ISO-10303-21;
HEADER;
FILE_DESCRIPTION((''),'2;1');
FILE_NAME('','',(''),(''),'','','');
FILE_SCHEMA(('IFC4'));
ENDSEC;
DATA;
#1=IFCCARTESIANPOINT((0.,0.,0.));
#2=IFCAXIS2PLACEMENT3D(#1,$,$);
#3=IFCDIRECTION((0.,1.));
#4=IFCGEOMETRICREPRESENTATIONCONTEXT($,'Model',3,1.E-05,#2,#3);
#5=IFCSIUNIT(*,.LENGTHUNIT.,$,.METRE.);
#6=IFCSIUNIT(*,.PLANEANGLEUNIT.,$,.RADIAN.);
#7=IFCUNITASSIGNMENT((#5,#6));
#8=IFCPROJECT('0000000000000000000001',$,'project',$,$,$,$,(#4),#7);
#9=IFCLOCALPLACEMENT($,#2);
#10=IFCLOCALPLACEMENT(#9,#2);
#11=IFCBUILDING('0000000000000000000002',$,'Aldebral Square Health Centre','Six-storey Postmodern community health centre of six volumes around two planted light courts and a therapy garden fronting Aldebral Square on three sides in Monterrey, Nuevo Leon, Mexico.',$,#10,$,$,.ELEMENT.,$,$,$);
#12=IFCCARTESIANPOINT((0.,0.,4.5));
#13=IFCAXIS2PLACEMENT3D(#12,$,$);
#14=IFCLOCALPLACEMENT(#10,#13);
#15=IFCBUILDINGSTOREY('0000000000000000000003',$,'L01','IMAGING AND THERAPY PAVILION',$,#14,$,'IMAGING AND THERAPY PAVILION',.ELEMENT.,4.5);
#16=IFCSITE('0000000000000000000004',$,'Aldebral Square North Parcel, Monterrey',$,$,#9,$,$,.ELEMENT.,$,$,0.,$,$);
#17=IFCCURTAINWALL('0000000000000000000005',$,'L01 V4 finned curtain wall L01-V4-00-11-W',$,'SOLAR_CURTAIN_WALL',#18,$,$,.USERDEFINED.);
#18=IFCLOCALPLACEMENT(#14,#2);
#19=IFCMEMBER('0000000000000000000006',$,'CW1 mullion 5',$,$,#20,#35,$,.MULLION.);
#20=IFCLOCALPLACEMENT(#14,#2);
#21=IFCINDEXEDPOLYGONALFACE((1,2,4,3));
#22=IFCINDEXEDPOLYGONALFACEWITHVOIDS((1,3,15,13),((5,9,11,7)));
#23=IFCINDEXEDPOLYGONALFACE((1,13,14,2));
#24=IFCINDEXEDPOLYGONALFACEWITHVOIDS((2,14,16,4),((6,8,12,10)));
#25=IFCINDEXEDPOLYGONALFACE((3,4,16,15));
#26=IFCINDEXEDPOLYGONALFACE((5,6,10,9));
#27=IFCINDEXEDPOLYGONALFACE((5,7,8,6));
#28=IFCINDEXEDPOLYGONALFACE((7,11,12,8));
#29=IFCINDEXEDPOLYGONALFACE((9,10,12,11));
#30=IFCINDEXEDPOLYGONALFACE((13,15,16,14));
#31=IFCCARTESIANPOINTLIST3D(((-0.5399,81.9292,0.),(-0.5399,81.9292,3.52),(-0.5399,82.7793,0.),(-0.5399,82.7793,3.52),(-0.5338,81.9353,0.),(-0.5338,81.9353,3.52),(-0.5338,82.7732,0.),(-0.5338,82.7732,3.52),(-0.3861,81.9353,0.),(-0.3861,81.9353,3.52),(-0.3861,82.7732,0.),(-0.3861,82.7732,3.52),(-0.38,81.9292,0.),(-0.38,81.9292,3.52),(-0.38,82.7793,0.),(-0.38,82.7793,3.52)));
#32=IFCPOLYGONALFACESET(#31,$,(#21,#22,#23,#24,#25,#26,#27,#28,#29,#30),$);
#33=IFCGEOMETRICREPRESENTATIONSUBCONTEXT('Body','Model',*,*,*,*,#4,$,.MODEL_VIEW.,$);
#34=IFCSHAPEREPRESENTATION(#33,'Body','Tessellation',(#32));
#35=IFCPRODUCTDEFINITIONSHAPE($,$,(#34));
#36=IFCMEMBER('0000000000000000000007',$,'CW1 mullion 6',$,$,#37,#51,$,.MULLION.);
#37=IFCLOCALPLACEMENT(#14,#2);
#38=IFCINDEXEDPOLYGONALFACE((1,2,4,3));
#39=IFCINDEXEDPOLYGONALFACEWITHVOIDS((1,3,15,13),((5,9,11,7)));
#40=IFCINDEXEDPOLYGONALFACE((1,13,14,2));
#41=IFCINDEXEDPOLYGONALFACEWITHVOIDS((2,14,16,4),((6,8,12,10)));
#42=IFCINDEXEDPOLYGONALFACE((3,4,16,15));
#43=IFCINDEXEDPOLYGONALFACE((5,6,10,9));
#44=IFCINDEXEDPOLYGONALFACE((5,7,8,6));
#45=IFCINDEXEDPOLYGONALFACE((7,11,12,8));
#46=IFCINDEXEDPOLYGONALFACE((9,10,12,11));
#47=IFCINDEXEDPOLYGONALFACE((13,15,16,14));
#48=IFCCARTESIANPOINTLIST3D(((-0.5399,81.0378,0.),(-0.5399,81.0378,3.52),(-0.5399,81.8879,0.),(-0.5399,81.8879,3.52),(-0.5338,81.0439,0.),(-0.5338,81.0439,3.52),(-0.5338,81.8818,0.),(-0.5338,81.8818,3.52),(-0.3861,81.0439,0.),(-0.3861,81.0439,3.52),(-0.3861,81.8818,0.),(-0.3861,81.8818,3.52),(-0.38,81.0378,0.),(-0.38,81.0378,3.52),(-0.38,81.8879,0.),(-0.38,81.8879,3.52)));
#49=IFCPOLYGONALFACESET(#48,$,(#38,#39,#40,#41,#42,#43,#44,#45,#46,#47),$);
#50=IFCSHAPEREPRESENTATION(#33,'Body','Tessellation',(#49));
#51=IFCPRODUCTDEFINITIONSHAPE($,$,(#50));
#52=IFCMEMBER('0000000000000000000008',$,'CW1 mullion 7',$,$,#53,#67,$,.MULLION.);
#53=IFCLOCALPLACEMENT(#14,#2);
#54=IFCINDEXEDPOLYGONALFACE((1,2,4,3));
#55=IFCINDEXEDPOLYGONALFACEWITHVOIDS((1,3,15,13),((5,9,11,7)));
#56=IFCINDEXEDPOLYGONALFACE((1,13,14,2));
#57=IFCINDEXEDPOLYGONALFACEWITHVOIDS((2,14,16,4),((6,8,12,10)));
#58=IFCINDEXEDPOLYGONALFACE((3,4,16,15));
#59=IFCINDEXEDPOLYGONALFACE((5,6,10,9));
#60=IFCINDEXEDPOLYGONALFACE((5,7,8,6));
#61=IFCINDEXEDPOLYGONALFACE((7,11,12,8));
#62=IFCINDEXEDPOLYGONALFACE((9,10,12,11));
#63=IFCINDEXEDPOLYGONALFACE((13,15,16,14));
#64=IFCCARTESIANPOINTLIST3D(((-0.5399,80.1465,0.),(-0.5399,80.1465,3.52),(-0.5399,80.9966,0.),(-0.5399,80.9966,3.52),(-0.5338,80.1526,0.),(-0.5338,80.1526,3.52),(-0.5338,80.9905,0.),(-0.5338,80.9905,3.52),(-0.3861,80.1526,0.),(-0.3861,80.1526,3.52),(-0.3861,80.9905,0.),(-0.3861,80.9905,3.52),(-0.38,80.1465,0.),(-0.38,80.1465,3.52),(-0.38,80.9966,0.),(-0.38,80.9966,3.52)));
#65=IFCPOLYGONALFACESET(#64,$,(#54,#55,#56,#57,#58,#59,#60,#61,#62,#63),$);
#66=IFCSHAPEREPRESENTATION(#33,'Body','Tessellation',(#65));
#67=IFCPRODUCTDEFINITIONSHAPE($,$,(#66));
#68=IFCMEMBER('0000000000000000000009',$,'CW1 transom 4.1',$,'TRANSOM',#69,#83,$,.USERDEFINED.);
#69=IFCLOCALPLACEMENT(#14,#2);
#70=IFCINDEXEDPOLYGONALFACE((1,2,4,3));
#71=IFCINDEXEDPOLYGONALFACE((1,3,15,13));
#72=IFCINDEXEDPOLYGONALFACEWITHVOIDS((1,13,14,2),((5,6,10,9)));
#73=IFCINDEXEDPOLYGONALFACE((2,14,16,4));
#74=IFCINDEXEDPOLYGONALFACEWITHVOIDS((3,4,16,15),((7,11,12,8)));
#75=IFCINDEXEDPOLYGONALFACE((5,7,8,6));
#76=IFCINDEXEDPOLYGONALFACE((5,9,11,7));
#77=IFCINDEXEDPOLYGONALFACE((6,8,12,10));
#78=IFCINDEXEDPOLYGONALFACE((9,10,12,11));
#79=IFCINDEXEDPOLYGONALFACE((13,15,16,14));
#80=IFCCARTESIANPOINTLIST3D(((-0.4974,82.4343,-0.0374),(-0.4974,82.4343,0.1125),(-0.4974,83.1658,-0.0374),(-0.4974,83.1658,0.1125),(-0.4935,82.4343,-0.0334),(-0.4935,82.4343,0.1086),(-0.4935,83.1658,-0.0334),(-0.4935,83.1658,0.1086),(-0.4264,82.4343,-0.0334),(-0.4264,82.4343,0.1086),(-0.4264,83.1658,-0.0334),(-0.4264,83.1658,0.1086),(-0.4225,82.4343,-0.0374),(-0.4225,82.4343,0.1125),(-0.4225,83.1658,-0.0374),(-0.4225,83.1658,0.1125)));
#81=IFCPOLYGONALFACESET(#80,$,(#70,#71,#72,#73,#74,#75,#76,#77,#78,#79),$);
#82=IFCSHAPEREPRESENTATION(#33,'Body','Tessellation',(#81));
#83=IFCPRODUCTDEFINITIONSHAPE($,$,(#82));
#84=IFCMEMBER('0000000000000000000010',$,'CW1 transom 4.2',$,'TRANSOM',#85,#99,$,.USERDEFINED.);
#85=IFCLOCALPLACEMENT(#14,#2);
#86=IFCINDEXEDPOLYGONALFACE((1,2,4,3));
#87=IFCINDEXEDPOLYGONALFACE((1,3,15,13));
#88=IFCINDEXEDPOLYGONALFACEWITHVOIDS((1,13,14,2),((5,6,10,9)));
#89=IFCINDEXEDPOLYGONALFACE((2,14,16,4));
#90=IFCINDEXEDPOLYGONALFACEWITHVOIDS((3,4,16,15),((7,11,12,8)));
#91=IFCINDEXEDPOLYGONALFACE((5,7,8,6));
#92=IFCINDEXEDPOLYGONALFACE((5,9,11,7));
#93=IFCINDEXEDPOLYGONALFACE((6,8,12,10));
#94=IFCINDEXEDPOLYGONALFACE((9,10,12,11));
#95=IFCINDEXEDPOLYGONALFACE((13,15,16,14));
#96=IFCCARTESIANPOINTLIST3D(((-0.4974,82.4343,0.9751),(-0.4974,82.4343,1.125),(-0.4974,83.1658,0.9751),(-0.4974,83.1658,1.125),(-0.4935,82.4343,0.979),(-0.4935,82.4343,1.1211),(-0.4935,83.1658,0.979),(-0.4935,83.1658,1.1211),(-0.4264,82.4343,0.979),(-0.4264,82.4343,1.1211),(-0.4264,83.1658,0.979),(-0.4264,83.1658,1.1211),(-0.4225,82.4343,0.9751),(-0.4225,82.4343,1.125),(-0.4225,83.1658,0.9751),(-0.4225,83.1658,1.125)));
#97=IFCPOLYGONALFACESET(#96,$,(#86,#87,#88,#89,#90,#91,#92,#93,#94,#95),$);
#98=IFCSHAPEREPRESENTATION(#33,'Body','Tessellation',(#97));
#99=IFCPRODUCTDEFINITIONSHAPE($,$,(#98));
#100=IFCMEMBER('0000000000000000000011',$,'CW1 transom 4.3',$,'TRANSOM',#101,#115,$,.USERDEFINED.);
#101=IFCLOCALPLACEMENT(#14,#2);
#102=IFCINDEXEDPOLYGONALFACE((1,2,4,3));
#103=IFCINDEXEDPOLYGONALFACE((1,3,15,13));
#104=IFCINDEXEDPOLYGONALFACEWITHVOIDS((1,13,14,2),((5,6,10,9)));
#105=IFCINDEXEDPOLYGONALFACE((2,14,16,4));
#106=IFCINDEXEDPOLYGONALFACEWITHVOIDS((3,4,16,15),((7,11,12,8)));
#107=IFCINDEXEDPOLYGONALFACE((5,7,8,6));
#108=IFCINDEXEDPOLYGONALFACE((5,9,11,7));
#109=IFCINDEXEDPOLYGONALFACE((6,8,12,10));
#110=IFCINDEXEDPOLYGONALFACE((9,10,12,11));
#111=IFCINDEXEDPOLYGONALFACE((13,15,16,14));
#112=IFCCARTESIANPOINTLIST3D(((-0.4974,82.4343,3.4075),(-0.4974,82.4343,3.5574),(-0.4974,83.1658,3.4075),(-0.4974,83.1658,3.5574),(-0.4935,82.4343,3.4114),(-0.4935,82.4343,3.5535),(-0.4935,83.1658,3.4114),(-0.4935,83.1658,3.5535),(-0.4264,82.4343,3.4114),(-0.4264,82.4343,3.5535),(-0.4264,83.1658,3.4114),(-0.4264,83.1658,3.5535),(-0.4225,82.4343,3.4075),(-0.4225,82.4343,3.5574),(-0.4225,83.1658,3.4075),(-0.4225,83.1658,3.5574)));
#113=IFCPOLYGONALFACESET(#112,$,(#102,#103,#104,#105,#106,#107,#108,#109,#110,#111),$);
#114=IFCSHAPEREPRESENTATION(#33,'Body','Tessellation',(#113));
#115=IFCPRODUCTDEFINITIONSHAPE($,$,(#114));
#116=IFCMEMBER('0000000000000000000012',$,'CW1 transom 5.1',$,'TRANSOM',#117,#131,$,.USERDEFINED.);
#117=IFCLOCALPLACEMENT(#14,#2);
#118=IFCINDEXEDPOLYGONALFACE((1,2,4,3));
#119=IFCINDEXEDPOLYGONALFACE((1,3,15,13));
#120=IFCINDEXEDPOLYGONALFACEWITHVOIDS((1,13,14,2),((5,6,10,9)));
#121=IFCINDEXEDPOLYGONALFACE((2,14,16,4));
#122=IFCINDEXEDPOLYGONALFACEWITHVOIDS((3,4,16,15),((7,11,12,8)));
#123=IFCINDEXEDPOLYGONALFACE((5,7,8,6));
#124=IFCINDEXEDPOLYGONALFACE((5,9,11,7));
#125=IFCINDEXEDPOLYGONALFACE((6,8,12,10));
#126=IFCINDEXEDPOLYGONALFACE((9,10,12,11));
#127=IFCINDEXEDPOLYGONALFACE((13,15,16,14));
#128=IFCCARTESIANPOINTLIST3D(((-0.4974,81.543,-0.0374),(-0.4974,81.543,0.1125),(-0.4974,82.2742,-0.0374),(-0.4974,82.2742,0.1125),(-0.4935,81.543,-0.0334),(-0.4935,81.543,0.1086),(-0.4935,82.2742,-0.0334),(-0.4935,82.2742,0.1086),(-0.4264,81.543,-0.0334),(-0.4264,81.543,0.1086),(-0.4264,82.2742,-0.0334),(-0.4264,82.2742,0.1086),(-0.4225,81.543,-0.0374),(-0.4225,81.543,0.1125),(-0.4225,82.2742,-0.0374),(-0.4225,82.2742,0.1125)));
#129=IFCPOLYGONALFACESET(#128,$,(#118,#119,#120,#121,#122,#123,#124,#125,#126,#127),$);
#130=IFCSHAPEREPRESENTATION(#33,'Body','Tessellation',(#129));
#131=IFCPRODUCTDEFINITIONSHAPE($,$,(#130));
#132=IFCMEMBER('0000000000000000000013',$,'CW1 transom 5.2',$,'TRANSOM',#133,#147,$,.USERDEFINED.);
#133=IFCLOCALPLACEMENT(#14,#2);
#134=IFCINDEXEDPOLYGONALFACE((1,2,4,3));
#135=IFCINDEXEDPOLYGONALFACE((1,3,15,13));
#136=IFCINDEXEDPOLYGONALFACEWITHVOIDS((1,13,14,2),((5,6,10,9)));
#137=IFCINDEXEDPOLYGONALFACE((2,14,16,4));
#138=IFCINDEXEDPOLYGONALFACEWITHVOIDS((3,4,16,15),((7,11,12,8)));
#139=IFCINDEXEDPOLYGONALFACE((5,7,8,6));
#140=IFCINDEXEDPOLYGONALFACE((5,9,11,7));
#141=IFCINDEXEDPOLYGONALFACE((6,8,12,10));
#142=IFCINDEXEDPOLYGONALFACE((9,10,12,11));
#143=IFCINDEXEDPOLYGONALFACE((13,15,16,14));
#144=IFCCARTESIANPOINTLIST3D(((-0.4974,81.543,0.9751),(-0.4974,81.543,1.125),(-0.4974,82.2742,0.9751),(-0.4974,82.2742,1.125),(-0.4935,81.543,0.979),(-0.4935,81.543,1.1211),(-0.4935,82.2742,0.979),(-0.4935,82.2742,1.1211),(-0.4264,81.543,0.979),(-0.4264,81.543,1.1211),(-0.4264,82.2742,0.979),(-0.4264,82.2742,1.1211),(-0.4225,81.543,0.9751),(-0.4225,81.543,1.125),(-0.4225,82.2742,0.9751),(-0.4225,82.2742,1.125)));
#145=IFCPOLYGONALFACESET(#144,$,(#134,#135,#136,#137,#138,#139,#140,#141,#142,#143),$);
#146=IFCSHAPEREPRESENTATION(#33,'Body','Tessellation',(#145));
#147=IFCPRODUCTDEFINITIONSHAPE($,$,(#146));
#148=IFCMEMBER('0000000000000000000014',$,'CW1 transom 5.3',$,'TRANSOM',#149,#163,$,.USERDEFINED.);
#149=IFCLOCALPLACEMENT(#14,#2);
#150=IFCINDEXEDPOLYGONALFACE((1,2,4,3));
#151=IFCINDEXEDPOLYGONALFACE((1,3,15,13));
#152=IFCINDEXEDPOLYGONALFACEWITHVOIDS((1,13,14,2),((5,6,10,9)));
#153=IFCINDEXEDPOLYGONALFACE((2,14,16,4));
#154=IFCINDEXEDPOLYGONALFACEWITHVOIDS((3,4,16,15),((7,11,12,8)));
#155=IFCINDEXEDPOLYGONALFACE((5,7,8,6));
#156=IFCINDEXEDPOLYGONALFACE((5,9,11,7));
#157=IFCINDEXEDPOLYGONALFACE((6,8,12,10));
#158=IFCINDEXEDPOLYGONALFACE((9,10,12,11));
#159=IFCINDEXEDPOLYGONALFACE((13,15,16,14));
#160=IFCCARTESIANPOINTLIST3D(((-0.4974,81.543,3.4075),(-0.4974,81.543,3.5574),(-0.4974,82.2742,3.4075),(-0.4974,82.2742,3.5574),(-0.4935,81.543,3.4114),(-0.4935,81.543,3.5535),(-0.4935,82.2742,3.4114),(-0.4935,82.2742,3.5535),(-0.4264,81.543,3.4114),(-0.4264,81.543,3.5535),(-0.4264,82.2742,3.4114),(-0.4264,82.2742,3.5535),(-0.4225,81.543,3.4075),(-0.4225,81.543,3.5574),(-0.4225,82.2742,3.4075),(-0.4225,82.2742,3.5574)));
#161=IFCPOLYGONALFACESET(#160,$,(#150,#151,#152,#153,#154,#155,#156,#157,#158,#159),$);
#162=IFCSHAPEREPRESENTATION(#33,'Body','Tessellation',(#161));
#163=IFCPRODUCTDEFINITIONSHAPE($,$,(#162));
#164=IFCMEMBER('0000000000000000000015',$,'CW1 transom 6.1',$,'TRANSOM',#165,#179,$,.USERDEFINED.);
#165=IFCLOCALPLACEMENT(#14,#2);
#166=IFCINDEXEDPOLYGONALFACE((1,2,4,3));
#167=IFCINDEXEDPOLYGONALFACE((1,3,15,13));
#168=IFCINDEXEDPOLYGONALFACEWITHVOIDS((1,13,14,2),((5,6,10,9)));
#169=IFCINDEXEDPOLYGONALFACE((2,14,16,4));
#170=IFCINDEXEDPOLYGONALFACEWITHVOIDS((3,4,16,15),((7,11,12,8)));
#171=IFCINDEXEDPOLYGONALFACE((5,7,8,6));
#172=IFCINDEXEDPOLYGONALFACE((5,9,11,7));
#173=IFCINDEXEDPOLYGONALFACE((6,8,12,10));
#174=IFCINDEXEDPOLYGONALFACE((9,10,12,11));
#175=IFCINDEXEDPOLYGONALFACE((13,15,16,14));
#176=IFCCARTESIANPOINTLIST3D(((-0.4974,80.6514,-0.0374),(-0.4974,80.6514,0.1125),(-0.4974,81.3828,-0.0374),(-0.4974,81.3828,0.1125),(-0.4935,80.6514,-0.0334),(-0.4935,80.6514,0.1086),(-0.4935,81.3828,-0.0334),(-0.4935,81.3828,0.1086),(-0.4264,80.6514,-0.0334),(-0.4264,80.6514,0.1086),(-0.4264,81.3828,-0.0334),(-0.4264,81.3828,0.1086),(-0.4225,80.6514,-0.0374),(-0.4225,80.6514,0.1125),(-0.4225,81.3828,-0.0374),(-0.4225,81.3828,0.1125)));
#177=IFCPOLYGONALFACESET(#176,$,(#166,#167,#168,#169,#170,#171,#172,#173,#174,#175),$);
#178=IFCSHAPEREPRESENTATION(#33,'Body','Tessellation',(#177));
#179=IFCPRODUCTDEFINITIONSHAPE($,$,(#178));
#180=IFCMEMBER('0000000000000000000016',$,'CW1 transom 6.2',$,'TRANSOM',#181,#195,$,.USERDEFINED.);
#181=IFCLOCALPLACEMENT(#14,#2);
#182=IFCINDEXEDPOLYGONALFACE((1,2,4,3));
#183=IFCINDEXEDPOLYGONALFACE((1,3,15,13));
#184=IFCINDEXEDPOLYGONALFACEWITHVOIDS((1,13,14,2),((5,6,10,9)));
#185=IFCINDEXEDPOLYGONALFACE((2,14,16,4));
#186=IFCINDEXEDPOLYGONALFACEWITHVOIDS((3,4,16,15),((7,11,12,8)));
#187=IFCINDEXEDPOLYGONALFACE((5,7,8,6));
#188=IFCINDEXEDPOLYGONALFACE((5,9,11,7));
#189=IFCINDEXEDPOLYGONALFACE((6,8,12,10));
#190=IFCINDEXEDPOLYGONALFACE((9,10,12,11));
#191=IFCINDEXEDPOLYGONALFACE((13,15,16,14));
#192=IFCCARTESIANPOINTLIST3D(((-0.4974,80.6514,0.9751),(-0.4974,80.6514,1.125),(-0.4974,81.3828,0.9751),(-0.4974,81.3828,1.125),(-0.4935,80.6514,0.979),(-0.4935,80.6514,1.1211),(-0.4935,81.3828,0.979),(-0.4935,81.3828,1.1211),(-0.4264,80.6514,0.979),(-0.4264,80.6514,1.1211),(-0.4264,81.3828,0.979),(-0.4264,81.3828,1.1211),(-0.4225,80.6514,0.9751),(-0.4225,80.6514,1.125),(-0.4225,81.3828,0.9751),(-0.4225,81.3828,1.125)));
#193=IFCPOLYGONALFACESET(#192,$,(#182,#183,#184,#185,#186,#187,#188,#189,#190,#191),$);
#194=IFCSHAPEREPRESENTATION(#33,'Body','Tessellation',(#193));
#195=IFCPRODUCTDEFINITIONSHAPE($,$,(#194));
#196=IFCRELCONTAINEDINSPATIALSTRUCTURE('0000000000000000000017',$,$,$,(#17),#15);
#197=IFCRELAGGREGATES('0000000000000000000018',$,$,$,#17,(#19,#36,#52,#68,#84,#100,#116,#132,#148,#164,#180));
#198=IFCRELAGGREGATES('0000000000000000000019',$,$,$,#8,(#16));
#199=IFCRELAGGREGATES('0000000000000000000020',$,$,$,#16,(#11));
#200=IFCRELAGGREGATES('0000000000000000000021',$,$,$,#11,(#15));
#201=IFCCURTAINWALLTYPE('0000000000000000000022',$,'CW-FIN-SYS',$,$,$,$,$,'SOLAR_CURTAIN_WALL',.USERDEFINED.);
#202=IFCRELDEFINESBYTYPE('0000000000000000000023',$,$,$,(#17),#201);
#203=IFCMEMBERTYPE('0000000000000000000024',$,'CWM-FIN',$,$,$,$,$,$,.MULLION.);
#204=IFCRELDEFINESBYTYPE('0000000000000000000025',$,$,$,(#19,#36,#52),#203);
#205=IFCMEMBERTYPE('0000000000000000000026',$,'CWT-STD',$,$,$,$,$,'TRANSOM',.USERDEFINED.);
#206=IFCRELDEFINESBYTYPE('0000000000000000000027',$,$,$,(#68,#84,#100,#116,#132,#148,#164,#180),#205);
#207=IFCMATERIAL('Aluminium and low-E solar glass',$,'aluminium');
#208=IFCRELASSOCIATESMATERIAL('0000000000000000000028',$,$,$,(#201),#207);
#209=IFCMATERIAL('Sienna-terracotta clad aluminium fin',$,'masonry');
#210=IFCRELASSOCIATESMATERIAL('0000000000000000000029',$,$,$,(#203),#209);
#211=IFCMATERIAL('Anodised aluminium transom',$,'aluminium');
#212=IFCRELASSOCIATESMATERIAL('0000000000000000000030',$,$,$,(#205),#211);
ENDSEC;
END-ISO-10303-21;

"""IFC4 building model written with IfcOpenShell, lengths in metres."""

from ifc_helpers import new_model, si_unit, direction, frame, origin, origin_2d, place, context, subcontext, project, spatial, hollow_rectangle, extrude, material, material_profile, profile_set, type_object, element, aggregate, save


model = new_model("IFC4")

# Units and contexts
model_context = context("Model", 3, precision=1e-05, world=origin(), true_north=direction((0.0, 1.0)))
body_context = subcontext(model_context, "Body", "Model", "MODEL_VIEW")
ifc_project = project(units=[si_unit("LENGTHUNIT", "METRE"), si_unit("PLANEANGLEUNIT", "RADIAN")], contexts=[model_context])

# Site, building, storey
site_placement = place(None, origin())
site = spatial("IfcSite", under=ifc_project, at=site_placement, Name="Aldebral Square North Parcel, Monterrey", CompositionType="ELEMENT", RefElevation=0.0)
building_placement = place(site_placement, origin())
building = spatial("IfcBuilding", under=site, at=building_placement, Name="Aldebral Square Health Centre", Description="Six-storey Postmodern community health centre of six volumes around two planted light courts and a therapy garden fronting Aldebral Square on three sides in Monterrey, Nuevo Leon, Mexico.", CompositionType="ELEMENT")
storey_placement = place(building_placement, frame((0.0, 0.0, 4.5)))
storey = spatial("IfcBuildingStorey", under=building, at=storey_placement, Name="L01", Description="IMAGING AND THERAPY PAVILION", LongName="IMAGING AND THERAPY PAVILION", CompositionType="ELEMENT", Elevation=4.5)

# Curtain wall, members
ifc_material_1 = material(Name="Aluminium and low-E solar glass", Category="aluminium")
curtain_wall_type = type_object("IfcCurtainWallType", Name="CW-FIN-SYS", ElementType="SOLAR_CURTAIN_WALL", PredefinedType="USERDEFINED", material=ifc_material_1)
curtain_wall_placement = place(storey_placement, origin())
curtain_wall = element("IfcCurtainWall", 1, at=curtain_wall_placement, inside=storey, type_object=curtain_wall_type, Name="L01 V4 finned curtain wall L01-V4-00-11-W", ObjectType="SOLAR_CURTAIN_WALL", PredefinedType="USERDEFINED")
ifc_material_2 = material(Name="Sienna-terracotta clad aluminium fin", Category="masonry")
ifc_material_profile_1 = material_profile(ifc_material_2, hollow_rectangle(XDim=0.1599, YDim=0.8501, WallThickness=0.0061, at=origin_2d()), Name="FIN 160x850x6")
ifc_profile_set_1 = profile_set([ifc_material_profile_1], Name="Sienna-terracotta clad aluminium fin")
member_type_1 = type_object("IfcMemberType", Name="CWM-FIN", PredefinedType="MULLION", material=ifc_profile_set_1)
member_1_placement = place(storey_placement, frame((-0.46, 82.3542, 0.0), z_axis=(0.0, 0.0, 1.0), x_axis=(1.0, 0.0, 0.0)))
member_1 = element("IfcMember", 2, at=member_1_placement, type_object=member_type_1, Name="CW1 mullion 5", PredefinedType="MULLION", context=body_context, shape_type="SweptSolid", body=[
    extrude(hollow_rectangle(XDim=0.1599, YDim=0.8501, WallThickness=0.0061, at=origin_2d()), origin(), (0.0, 0.0, 1.0), 3.52),
])
member_2_placement = place(storey_placement, frame((-0.46, 81.4629, 0.0), z_axis=(0.0, 0.0, 1.0), x_axis=(1.0, 0.0, 0.0)))
member_2 = element("IfcMember", 3, at=member_2_placement, type_object=member_type_1, Name="CW1 mullion 6", PredefinedType="MULLION", context=body_context, shape_type="SweptSolid", body=[
    extrude(hollow_rectangle(XDim=0.1599, YDim=0.8501, WallThickness=0.0061, at=origin_2d()), origin(), (0.0, 0.0, 1.0), 3.52),
])
member_3_placement = place(storey_placement, frame((-0.46, 80.5715, 0.0), z_axis=(0.0, 0.0, 1.0), x_axis=(1.0, 0.0, 0.0)))
member_3 = element("IfcMember", 4, at=member_3_placement, type_object=member_type_1, Name="CW1 mullion 7", PredefinedType="MULLION", context=body_context, shape_type="SweptSolid", body=[
    extrude(hollow_rectangle(XDim=0.1599, YDim=0.8501, WallThickness=0.0061, at=origin_2d()), origin(), (0.0, 0.0, 1.0), 3.52),
])
ifc_material_3 = material(Name="Anodised aluminium transom", Category="aluminium")
ifc_material_profile_2 = material_profile(ifc_material_3, hollow_rectangle(XDim=0.075, YDim=0.1499, WallThickness=0.0039, at=origin_2d()), Name="CWT 75x150x4")
ifc_profile_set_2 = profile_set([ifc_material_profile_2], Name="Anodised aluminium transom")
member_type_2 = type_object("IfcMemberType", Name="CWT-STD", ElementType="TRANSOM", PredefinedType="USERDEFINED", material=ifc_profile_set_2)
member_4_placement = place(storey_placement, frame((-0.46, 83.1658, 0.0376), z_axis=(0.0, -1.0, 0.0), x_axis=(1.0, 0.0, 0.0)))
member_4 = element("IfcMember", 5, at=member_4_placement, type_object=member_type_2, Name="CW1 transom 4.1", ObjectType="TRANSOM", PredefinedType="USERDEFINED", context=body_context, shape_type="SweptSolid", body=[
    extrude(hollow_rectangle(XDim=0.075, YDim=0.1499, WallThickness=0.0039, at=origin_2d()), origin(), (0.0, 0.0, 1.0), 0.7314),
])
member_5_placement = place(storey_placement, frame((-0.46, 83.1658, 1.05), z_axis=(0.0, -1.0, 0.0), x_axis=(1.0, 0.0, 0.0)))
member_5 = element("IfcMember", 6, at=member_5_placement, type_object=member_type_2, Name="CW1 transom 4.2", ObjectType="TRANSOM", PredefinedType="USERDEFINED", context=body_context, shape_type="SweptSolid", body=[
    extrude(hollow_rectangle(XDim=0.075, YDim=0.1499, WallThickness=0.0039, at=origin_2d()), origin(), (0.0, 0.0, 1.0), 0.7314),
])
member_6_placement = place(storey_placement, frame((-0.46, 83.1658, 3.4824), z_axis=(0.0, -1.0, 0.0), x_axis=(1.0, 0.0, 0.0)))
member_6 = element("IfcMember", 7, at=member_6_placement, type_object=member_type_2, Name="CW1 transom 4.3", ObjectType="TRANSOM", PredefinedType="USERDEFINED", context=body_context, shape_type="SweptSolid", body=[
    extrude(hollow_rectangle(XDim=0.075, YDim=0.1499, WallThickness=0.0039, at=origin_2d()), origin(), (0.0, 0.0, 1.0), 0.7314),
])
member_7_placement = place(storey_placement, frame((-0.46, 82.2742, 0.0376), z_axis=(0.0, -1.0, 0.0), x_axis=(1.0, 0.0, 0.0)))
member_7 = element("IfcMember", 8, at=member_7_placement, type_object=member_type_2, Name="CW1 transom 5.1", ObjectType="TRANSOM", PredefinedType="USERDEFINED", context=body_context, shape_type="SweptSolid", body=[
    extrude(hollow_rectangle(XDim=0.075, YDim=0.1499, WallThickness=0.0039, at=origin_2d()), origin(), (0.0, 0.0, 1.0), 0.7312),
])
member_8_placement = place(storey_placement, frame((-0.46, 82.2742, 1.05), z_axis=(0.0, -1.0, 0.0), x_axis=(1.0, 0.0, 0.0)))
member_8 = element("IfcMember", 9, at=member_8_placement, type_object=member_type_2, Name="CW1 transom 5.2", ObjectType="TRANSOM", PredefinedType="USERDEFINED", context=body_context, shape_type="SweptSolid", body=[
    extrude(hollow_rectangle(XDim=0.075, YDim=0.1499, WallThickness=0.0039, at=origin_2d()), origin(), (0.0, 0.0, 1.0), 0.7312),
])
member_9_placement = place(storey_placement, frame((-0.46, 82.2742, 3.4824), z_axis=(0.0, -1.0, 0.0), x_axis=(1.0, 0.0, 0.0)))
member_9 = element("IfcMember", 10, at=member_9_placement, type_object=member_type_2, Name="CW1 transom 5.3", ObjectType="TRANSOM", PredefinedType="USERDEFINED", context=body_context, shape_type="SweptSolid", body=[
    extrude(hollow_rectangle(XDim=0.075, YDim=0.1499, WallThickness=0.0039, at=origin_2d()), origin(), (0.0, 0.0, 1.0), 0.7312),
])
member_10_placement = place(storey_placement, frame((-0.46, 81.3828, 0.0376), z_axis=(0.0, -1.0, 0.0), x_axis=(1.0, 0.0, 0.0)))
member_10 = element("IfcMember", 11, at=member_10_placement, type_object=member_type_2, Name="CW1 transom 6.1", ObjectType="TRANSOM", PredefinedType="USERDEFINED", context=body_context, shape_type="SweptSolid", body=[
    extrude(hollow_rectangle(XDim=0.075, YDim=0.1499, WallThickness=0.0039, at=origin_2d()), origin(), (0.0, 0.0, 1.0), 0.7314),
])
member_11_placement = place(storey_placement, frame((-0.46, 81.3828, 1.05), z_axis=(0.0, -1.0, 0.0), x_axis=(1.0, 0.0, 0.0)))
member_11 = element("IfcMember", 12, at=member_11_placement, type_object=member_type_2, Name="CW1 transom 6.2", ObjectType="TRANSOM", PredefinedType="USERDEFINED", context=body_context, shape_type="SweptSolid", body=[
    extrude(hollow_rectangle(XDim=0.075, YDim=0.1499, WallThickness=0.0039, at=origin_2d()), origin(), (0.0, 0.0, 1.0), 0.7314),
])
aggregate(curtain_wall, [member_1, member_2, member_3, member_4, member_5, member_6, member_7, member_8, member_9, member_10, member_11])

save(model, "model.ifc")
